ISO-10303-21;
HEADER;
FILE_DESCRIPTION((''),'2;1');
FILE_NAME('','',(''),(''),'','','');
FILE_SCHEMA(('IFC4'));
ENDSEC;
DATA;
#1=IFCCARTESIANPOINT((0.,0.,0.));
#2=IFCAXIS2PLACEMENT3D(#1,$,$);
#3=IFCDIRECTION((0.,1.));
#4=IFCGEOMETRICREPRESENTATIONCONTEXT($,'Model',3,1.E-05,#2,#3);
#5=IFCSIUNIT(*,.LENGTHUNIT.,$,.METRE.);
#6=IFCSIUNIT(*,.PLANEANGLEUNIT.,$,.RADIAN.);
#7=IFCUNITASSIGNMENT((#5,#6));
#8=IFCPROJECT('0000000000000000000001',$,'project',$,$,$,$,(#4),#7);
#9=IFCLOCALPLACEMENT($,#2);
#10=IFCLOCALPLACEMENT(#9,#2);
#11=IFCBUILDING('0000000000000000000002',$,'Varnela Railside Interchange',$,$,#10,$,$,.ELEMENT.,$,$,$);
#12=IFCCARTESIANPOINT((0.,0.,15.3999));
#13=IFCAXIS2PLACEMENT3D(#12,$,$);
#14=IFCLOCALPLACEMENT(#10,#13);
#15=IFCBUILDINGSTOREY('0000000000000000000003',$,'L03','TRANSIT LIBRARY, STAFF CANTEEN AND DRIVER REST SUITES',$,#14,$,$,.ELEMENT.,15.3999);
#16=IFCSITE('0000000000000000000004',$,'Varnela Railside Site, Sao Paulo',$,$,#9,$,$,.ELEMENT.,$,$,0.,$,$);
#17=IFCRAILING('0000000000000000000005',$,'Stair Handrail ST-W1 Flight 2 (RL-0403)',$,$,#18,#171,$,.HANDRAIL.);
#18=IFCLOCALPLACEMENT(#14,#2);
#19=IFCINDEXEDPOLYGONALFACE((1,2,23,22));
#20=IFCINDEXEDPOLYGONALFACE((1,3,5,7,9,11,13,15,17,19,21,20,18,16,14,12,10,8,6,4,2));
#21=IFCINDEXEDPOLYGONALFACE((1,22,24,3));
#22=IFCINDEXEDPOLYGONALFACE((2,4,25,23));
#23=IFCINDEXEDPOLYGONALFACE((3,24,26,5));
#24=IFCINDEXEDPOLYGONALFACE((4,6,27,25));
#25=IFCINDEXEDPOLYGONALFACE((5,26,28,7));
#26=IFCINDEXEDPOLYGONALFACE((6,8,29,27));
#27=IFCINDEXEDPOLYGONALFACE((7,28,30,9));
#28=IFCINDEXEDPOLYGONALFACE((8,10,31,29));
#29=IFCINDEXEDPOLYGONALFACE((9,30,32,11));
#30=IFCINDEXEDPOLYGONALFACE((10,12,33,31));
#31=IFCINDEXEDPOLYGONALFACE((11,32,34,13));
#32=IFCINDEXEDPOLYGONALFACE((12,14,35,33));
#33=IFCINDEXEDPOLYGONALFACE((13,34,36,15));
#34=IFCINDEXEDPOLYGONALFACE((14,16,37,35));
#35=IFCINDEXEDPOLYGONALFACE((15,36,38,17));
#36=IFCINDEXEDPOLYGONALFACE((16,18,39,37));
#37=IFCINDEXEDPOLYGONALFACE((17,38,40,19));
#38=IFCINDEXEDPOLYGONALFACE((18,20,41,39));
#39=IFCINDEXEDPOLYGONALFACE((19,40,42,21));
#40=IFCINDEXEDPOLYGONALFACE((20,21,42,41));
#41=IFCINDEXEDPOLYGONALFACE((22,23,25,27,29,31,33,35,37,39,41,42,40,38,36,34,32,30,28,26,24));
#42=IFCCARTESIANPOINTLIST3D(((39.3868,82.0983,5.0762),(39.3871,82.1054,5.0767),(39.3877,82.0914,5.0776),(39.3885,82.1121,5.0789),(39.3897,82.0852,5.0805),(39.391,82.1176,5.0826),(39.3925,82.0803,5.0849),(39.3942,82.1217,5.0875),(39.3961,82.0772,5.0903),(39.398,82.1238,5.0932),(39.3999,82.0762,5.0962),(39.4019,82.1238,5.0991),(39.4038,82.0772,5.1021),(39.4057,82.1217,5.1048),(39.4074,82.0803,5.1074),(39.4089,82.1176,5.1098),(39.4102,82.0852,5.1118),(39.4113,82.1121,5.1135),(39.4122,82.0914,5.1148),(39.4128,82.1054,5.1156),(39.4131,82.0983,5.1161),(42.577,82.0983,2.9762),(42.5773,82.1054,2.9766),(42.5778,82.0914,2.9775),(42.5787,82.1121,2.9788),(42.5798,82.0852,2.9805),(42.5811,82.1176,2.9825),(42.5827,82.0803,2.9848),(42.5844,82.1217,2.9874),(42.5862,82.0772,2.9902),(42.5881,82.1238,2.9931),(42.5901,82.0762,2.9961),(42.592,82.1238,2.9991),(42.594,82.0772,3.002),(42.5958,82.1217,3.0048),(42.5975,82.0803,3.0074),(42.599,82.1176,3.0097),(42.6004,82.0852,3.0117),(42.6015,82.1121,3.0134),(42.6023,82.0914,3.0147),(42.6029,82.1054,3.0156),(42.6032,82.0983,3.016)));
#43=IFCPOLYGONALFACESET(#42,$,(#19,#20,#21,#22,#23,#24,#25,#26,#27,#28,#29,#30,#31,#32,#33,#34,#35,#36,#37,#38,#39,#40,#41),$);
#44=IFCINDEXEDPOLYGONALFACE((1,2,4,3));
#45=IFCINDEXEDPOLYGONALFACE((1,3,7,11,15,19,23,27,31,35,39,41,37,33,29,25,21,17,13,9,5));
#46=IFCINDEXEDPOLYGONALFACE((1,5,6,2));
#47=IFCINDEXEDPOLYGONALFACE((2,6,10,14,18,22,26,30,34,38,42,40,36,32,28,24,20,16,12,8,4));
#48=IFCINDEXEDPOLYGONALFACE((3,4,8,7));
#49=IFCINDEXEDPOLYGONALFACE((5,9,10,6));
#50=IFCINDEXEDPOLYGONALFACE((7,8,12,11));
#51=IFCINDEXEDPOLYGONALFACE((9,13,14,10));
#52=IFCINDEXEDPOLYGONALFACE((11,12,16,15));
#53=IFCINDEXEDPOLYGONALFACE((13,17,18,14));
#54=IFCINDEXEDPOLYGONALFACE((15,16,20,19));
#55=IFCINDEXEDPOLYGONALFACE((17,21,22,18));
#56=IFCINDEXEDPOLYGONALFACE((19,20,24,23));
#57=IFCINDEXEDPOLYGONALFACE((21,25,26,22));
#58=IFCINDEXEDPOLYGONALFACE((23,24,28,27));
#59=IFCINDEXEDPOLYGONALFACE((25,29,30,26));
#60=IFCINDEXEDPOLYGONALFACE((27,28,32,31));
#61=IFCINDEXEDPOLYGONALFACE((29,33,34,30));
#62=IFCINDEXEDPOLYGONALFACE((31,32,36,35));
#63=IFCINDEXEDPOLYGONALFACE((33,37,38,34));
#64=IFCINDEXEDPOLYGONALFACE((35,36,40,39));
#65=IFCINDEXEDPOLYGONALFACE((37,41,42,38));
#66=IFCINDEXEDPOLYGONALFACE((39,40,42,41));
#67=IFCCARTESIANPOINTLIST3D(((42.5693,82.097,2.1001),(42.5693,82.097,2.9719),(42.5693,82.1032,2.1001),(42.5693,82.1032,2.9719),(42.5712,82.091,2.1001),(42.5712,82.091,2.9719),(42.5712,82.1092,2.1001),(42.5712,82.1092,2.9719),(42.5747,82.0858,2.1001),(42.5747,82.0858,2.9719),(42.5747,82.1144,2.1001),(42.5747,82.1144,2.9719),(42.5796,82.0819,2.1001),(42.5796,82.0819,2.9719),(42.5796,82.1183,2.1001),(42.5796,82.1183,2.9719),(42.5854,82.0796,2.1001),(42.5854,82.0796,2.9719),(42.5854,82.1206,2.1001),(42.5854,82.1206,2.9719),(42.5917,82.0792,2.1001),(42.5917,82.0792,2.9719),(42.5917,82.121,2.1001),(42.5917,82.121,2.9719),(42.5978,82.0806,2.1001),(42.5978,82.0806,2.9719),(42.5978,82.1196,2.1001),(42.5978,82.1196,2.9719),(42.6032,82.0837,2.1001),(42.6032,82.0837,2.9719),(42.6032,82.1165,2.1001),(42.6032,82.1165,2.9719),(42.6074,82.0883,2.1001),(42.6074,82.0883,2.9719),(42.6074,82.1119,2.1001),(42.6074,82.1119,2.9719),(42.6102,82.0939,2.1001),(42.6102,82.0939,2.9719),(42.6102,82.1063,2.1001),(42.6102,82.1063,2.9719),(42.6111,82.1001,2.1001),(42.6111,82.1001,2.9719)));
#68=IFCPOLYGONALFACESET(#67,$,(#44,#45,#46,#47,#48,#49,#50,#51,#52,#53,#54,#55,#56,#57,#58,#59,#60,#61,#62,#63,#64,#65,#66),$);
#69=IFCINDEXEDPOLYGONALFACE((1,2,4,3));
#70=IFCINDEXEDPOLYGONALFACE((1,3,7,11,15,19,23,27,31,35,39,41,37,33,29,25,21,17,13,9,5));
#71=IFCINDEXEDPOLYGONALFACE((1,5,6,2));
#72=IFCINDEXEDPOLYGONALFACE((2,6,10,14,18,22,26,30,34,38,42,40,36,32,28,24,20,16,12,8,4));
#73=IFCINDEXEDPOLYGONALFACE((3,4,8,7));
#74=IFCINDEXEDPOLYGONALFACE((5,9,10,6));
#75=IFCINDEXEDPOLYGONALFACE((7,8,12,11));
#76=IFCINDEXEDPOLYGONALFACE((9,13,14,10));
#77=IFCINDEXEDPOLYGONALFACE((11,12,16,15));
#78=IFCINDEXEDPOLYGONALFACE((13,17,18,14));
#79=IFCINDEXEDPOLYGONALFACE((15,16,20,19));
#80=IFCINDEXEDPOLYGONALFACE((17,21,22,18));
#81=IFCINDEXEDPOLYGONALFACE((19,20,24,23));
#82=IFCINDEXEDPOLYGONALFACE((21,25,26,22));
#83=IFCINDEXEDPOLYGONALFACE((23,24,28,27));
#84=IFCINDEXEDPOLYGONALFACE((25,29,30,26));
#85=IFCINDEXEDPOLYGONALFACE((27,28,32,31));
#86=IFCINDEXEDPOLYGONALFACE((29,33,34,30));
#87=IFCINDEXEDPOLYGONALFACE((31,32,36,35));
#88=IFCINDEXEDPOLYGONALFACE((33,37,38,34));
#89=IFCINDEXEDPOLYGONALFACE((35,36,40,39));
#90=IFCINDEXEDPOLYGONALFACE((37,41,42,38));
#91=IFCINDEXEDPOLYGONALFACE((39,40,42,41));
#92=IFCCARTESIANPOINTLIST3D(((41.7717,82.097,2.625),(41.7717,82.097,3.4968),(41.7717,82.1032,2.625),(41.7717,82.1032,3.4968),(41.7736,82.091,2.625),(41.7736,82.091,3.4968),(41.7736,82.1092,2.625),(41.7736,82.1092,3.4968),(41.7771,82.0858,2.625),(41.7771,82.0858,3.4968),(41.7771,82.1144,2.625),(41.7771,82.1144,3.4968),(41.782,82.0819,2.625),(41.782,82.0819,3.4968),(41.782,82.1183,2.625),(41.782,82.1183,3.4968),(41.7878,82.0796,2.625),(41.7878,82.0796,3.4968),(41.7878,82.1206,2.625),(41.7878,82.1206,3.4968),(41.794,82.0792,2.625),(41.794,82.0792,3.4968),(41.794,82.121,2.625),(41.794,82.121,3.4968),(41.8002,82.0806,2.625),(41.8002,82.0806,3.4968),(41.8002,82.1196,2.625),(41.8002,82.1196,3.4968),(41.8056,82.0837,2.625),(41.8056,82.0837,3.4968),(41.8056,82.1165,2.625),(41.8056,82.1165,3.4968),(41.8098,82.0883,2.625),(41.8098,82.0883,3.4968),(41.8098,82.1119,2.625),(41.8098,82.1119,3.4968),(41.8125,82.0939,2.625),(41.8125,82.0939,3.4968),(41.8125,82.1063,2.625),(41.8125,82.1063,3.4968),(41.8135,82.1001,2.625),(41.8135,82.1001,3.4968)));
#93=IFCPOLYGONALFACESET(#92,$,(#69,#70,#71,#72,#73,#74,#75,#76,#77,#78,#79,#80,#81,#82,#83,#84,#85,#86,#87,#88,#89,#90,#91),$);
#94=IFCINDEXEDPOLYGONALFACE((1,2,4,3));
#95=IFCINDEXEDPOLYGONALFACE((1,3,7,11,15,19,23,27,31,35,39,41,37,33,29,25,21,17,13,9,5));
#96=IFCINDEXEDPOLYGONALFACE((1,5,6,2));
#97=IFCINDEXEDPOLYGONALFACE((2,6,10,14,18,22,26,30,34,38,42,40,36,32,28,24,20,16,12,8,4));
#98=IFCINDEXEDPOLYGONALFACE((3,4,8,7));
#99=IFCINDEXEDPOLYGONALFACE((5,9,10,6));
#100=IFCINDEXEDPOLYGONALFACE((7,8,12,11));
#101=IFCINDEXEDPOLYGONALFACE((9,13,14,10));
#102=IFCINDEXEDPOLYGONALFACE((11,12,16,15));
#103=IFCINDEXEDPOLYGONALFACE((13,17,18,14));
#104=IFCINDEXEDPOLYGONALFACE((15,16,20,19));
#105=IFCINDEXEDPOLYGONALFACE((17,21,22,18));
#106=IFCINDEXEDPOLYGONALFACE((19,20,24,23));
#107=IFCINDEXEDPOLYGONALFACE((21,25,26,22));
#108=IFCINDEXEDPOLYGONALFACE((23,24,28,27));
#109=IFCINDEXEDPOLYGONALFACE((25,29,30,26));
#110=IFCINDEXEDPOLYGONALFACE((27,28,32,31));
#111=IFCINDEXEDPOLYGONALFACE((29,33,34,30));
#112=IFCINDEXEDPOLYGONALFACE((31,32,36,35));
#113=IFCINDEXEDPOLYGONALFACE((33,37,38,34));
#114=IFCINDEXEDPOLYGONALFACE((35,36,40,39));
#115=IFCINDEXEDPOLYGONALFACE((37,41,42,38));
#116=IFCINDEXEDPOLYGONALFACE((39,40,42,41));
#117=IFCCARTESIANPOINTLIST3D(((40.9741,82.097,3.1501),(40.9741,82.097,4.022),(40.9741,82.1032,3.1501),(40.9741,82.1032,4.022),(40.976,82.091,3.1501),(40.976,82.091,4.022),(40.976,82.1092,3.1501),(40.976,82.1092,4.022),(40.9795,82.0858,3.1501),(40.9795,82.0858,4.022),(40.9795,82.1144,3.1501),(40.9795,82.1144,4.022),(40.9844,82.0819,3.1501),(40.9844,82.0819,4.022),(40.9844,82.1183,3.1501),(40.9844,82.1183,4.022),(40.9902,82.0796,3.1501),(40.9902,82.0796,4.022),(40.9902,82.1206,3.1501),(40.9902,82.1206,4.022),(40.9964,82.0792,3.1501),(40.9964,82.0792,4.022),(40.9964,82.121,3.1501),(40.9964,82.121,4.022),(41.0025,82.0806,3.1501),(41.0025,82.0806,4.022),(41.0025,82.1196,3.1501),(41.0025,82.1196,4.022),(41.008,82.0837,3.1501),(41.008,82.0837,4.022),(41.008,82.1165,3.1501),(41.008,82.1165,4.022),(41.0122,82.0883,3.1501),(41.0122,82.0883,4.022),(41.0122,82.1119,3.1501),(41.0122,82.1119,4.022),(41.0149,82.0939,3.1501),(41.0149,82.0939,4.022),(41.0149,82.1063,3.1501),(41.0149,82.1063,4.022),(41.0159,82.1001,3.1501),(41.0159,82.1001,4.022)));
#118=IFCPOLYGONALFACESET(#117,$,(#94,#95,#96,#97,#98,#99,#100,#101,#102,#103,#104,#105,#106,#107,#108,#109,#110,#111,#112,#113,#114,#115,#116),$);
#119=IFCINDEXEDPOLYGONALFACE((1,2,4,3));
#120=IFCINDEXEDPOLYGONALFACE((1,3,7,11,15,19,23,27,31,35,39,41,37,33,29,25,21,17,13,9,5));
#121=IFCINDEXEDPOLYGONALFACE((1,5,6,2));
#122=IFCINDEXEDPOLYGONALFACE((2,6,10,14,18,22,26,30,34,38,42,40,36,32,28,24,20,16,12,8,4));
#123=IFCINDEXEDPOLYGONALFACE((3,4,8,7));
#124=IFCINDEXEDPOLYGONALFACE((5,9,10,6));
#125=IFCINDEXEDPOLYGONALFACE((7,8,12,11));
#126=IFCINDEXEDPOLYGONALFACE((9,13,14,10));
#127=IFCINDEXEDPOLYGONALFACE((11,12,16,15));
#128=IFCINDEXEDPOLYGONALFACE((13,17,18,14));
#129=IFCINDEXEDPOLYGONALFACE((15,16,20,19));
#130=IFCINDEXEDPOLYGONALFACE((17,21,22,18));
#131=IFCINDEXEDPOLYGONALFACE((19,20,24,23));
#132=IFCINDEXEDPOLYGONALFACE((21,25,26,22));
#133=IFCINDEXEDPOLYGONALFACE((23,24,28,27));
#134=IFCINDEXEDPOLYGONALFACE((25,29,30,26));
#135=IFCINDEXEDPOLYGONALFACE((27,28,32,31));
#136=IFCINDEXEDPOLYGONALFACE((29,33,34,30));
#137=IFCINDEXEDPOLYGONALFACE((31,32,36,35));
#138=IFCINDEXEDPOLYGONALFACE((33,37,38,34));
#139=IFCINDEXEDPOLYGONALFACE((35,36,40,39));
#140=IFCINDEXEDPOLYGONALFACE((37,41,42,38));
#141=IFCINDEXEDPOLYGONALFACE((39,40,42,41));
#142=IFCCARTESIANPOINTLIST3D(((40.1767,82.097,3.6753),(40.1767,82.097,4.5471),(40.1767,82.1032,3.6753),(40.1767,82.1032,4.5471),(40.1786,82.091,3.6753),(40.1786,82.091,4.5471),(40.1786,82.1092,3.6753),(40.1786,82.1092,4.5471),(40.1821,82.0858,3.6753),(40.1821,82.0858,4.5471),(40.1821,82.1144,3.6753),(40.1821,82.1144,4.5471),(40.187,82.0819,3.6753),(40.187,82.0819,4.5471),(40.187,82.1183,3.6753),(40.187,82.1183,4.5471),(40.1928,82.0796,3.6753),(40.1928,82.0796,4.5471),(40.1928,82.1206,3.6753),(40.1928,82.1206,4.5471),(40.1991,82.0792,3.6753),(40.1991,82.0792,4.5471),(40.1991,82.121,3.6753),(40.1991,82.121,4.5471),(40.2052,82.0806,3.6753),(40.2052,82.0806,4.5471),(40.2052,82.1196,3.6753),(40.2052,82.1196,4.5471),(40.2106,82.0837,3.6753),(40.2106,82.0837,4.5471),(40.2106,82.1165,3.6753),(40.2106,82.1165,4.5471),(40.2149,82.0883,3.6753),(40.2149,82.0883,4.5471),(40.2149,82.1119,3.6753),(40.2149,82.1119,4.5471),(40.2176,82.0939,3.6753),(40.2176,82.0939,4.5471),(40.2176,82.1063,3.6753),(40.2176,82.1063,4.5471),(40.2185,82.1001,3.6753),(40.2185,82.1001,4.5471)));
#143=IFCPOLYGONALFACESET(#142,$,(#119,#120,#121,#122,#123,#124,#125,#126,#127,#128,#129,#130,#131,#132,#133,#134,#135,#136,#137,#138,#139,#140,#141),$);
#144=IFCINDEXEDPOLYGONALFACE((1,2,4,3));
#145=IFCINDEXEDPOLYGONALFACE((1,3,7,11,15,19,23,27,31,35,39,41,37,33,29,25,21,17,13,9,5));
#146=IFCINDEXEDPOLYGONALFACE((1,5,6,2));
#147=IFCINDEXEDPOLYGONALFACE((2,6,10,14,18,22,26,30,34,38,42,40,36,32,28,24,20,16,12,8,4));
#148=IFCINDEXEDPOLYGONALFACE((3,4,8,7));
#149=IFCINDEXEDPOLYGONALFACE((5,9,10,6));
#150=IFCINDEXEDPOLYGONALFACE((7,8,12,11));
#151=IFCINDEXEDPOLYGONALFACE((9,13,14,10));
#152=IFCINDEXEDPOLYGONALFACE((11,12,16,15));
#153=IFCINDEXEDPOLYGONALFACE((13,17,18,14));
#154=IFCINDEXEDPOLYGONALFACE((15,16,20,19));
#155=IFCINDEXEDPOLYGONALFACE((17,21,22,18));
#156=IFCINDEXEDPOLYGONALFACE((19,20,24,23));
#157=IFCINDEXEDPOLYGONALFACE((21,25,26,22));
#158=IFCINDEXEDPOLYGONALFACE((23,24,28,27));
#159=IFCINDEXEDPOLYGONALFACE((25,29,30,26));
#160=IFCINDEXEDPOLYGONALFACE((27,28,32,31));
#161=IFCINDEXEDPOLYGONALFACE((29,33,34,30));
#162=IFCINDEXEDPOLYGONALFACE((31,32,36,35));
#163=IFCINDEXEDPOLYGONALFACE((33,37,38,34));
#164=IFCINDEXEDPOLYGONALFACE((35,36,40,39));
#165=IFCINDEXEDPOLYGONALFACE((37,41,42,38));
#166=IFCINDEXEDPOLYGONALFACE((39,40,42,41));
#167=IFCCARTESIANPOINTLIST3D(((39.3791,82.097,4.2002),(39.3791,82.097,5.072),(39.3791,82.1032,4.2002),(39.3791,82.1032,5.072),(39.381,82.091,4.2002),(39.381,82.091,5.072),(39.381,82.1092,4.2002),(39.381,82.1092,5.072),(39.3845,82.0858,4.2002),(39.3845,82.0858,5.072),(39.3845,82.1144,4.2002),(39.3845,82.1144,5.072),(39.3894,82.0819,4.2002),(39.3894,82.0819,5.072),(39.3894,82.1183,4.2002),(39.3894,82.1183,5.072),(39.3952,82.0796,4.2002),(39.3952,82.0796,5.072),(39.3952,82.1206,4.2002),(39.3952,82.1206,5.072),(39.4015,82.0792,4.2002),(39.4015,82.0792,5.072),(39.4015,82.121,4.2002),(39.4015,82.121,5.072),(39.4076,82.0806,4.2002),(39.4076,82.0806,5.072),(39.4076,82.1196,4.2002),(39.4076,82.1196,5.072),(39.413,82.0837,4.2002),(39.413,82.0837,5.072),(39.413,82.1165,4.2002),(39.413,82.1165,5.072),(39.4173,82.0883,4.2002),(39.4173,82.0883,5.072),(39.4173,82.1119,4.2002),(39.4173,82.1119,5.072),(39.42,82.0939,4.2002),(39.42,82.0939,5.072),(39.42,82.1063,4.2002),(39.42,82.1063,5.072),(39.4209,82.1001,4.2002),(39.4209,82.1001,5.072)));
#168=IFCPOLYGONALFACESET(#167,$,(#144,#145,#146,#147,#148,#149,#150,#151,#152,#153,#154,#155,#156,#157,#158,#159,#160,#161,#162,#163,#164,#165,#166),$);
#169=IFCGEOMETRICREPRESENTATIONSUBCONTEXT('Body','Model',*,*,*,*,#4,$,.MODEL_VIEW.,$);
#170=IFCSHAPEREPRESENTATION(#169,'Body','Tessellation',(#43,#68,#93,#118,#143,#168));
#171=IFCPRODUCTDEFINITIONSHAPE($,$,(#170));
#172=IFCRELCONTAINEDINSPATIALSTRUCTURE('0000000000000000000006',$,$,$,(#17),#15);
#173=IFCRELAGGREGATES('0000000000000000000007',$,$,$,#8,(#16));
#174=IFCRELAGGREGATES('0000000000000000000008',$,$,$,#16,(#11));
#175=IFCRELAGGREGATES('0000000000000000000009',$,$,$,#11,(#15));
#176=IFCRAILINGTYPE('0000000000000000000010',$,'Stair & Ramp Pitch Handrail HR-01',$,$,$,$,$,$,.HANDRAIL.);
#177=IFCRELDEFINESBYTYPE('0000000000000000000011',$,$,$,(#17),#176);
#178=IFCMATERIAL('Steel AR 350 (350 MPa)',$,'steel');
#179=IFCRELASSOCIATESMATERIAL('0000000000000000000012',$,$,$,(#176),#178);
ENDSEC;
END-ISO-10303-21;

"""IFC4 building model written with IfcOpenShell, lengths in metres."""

from ifc_helpers import new_model, si_unit, direction, frame, origin, origin_2d, place, context, subcontext, project, spatial, circle, extrude, material, type_object, element, save


model = new_model("IFC4")

# Units and contexts
model_context = context("Model", 3, precision=1e-05, world=origin(), true_north=direction((0.0, 1.0)))
body_context = subcontext(model_context, "Body", "Model", "MODEL_VIEW")
ifc_project = project(units=[si_unit("LENGTHUNIT", "METRE"), si_unit("PLANEANGLEUNIT", "RADIAN")], contexts=[model_context])

# Site, building, storey
site_placement = place(None, origin())
site = spatial("IfcSite", under=ifc_project, at=site_placement, Name="Varnela Railside Site, Sao Paulo", CompositionType="ELEMENT", RefElevation=0.0)
building_placement = place(site_placement, origin())
building = spatial("IfcBuilding", under=site, at=building_placement, Name="Varnela Railside Interchange", CompositionType="ELEMENT")
storey_placement = place(building_placement, frame((0.0, 0.0, 15.3999)))
storey = spatial("IfcBuildingStorey", under=building, at=storey_placement, Name="L03", Description="TRANSIT LIBRARY, STAFF CANTEEN AND DRIVER REST SUITES", CompositionType="ELEMENT", Elevation=15.3999)

# Shared definitions
ifc_material_1 = material(Name="Steel AR 350 (350 MPa)", Category="steel")

# Railing
railing_type_1 = type_object("IfcRailingType", Name="Stair & Ramp Pitch Handrail HR-01", PredefinedType="HANDRAIL", material=ifc_material_1)
railing_1_placement = place(storey_placement, frame((42.5901, 82.1001, 2.1001)))
element("IfcRailing", 1, at=railing_1_placement, inside=storey, type_object=railing_type_1, Name="Stair Handrail ST-W1 Flight 2 (RL-0403)", PredefinedType="HANDRAIL", context=body_context, shape_type="SweptSolid", body=[
    extrude(circle(Radius=0.0239, at=origin_2d()), frame((0.0, 0.0, 0.896), z_axis=(-0.835262, 0.0, 0.549852), x_axis=(0.0, -1.0, 0.0)), (0.0, 0.0, 1.0), 3.8193),
    extrude(circle(Radius=0.021, at=origin_2d()), origin(), (0.0, 0.0, 1.0), 0.8718),
    extrude(circle(Radius=0.021, at=origin_2d()), frame((-0.7976, 0.0, 0.5249)), (0.0, 0.0, 1.0), 0.8718),
    extrude(circle(Radius=0.021, at=origin_2d()), frame((-1.5952, 0.0, 1.05)), (0.0, 0.0, 1.0), 0.8718),
    extrude(circle(Radius=0.021, at=origin_2d()), frame((-2.3926, 0.0, 1.5752)), (0.0, 0.0, 1.0), 0.8718),
    extrude(circle(Radius=0.021, at=origin_2d()), frame((-3.1902, 0.0, 2.1001)), (0.0, 0.0, 1.0), 0.8718),
])

save(model, "model.ifc")
